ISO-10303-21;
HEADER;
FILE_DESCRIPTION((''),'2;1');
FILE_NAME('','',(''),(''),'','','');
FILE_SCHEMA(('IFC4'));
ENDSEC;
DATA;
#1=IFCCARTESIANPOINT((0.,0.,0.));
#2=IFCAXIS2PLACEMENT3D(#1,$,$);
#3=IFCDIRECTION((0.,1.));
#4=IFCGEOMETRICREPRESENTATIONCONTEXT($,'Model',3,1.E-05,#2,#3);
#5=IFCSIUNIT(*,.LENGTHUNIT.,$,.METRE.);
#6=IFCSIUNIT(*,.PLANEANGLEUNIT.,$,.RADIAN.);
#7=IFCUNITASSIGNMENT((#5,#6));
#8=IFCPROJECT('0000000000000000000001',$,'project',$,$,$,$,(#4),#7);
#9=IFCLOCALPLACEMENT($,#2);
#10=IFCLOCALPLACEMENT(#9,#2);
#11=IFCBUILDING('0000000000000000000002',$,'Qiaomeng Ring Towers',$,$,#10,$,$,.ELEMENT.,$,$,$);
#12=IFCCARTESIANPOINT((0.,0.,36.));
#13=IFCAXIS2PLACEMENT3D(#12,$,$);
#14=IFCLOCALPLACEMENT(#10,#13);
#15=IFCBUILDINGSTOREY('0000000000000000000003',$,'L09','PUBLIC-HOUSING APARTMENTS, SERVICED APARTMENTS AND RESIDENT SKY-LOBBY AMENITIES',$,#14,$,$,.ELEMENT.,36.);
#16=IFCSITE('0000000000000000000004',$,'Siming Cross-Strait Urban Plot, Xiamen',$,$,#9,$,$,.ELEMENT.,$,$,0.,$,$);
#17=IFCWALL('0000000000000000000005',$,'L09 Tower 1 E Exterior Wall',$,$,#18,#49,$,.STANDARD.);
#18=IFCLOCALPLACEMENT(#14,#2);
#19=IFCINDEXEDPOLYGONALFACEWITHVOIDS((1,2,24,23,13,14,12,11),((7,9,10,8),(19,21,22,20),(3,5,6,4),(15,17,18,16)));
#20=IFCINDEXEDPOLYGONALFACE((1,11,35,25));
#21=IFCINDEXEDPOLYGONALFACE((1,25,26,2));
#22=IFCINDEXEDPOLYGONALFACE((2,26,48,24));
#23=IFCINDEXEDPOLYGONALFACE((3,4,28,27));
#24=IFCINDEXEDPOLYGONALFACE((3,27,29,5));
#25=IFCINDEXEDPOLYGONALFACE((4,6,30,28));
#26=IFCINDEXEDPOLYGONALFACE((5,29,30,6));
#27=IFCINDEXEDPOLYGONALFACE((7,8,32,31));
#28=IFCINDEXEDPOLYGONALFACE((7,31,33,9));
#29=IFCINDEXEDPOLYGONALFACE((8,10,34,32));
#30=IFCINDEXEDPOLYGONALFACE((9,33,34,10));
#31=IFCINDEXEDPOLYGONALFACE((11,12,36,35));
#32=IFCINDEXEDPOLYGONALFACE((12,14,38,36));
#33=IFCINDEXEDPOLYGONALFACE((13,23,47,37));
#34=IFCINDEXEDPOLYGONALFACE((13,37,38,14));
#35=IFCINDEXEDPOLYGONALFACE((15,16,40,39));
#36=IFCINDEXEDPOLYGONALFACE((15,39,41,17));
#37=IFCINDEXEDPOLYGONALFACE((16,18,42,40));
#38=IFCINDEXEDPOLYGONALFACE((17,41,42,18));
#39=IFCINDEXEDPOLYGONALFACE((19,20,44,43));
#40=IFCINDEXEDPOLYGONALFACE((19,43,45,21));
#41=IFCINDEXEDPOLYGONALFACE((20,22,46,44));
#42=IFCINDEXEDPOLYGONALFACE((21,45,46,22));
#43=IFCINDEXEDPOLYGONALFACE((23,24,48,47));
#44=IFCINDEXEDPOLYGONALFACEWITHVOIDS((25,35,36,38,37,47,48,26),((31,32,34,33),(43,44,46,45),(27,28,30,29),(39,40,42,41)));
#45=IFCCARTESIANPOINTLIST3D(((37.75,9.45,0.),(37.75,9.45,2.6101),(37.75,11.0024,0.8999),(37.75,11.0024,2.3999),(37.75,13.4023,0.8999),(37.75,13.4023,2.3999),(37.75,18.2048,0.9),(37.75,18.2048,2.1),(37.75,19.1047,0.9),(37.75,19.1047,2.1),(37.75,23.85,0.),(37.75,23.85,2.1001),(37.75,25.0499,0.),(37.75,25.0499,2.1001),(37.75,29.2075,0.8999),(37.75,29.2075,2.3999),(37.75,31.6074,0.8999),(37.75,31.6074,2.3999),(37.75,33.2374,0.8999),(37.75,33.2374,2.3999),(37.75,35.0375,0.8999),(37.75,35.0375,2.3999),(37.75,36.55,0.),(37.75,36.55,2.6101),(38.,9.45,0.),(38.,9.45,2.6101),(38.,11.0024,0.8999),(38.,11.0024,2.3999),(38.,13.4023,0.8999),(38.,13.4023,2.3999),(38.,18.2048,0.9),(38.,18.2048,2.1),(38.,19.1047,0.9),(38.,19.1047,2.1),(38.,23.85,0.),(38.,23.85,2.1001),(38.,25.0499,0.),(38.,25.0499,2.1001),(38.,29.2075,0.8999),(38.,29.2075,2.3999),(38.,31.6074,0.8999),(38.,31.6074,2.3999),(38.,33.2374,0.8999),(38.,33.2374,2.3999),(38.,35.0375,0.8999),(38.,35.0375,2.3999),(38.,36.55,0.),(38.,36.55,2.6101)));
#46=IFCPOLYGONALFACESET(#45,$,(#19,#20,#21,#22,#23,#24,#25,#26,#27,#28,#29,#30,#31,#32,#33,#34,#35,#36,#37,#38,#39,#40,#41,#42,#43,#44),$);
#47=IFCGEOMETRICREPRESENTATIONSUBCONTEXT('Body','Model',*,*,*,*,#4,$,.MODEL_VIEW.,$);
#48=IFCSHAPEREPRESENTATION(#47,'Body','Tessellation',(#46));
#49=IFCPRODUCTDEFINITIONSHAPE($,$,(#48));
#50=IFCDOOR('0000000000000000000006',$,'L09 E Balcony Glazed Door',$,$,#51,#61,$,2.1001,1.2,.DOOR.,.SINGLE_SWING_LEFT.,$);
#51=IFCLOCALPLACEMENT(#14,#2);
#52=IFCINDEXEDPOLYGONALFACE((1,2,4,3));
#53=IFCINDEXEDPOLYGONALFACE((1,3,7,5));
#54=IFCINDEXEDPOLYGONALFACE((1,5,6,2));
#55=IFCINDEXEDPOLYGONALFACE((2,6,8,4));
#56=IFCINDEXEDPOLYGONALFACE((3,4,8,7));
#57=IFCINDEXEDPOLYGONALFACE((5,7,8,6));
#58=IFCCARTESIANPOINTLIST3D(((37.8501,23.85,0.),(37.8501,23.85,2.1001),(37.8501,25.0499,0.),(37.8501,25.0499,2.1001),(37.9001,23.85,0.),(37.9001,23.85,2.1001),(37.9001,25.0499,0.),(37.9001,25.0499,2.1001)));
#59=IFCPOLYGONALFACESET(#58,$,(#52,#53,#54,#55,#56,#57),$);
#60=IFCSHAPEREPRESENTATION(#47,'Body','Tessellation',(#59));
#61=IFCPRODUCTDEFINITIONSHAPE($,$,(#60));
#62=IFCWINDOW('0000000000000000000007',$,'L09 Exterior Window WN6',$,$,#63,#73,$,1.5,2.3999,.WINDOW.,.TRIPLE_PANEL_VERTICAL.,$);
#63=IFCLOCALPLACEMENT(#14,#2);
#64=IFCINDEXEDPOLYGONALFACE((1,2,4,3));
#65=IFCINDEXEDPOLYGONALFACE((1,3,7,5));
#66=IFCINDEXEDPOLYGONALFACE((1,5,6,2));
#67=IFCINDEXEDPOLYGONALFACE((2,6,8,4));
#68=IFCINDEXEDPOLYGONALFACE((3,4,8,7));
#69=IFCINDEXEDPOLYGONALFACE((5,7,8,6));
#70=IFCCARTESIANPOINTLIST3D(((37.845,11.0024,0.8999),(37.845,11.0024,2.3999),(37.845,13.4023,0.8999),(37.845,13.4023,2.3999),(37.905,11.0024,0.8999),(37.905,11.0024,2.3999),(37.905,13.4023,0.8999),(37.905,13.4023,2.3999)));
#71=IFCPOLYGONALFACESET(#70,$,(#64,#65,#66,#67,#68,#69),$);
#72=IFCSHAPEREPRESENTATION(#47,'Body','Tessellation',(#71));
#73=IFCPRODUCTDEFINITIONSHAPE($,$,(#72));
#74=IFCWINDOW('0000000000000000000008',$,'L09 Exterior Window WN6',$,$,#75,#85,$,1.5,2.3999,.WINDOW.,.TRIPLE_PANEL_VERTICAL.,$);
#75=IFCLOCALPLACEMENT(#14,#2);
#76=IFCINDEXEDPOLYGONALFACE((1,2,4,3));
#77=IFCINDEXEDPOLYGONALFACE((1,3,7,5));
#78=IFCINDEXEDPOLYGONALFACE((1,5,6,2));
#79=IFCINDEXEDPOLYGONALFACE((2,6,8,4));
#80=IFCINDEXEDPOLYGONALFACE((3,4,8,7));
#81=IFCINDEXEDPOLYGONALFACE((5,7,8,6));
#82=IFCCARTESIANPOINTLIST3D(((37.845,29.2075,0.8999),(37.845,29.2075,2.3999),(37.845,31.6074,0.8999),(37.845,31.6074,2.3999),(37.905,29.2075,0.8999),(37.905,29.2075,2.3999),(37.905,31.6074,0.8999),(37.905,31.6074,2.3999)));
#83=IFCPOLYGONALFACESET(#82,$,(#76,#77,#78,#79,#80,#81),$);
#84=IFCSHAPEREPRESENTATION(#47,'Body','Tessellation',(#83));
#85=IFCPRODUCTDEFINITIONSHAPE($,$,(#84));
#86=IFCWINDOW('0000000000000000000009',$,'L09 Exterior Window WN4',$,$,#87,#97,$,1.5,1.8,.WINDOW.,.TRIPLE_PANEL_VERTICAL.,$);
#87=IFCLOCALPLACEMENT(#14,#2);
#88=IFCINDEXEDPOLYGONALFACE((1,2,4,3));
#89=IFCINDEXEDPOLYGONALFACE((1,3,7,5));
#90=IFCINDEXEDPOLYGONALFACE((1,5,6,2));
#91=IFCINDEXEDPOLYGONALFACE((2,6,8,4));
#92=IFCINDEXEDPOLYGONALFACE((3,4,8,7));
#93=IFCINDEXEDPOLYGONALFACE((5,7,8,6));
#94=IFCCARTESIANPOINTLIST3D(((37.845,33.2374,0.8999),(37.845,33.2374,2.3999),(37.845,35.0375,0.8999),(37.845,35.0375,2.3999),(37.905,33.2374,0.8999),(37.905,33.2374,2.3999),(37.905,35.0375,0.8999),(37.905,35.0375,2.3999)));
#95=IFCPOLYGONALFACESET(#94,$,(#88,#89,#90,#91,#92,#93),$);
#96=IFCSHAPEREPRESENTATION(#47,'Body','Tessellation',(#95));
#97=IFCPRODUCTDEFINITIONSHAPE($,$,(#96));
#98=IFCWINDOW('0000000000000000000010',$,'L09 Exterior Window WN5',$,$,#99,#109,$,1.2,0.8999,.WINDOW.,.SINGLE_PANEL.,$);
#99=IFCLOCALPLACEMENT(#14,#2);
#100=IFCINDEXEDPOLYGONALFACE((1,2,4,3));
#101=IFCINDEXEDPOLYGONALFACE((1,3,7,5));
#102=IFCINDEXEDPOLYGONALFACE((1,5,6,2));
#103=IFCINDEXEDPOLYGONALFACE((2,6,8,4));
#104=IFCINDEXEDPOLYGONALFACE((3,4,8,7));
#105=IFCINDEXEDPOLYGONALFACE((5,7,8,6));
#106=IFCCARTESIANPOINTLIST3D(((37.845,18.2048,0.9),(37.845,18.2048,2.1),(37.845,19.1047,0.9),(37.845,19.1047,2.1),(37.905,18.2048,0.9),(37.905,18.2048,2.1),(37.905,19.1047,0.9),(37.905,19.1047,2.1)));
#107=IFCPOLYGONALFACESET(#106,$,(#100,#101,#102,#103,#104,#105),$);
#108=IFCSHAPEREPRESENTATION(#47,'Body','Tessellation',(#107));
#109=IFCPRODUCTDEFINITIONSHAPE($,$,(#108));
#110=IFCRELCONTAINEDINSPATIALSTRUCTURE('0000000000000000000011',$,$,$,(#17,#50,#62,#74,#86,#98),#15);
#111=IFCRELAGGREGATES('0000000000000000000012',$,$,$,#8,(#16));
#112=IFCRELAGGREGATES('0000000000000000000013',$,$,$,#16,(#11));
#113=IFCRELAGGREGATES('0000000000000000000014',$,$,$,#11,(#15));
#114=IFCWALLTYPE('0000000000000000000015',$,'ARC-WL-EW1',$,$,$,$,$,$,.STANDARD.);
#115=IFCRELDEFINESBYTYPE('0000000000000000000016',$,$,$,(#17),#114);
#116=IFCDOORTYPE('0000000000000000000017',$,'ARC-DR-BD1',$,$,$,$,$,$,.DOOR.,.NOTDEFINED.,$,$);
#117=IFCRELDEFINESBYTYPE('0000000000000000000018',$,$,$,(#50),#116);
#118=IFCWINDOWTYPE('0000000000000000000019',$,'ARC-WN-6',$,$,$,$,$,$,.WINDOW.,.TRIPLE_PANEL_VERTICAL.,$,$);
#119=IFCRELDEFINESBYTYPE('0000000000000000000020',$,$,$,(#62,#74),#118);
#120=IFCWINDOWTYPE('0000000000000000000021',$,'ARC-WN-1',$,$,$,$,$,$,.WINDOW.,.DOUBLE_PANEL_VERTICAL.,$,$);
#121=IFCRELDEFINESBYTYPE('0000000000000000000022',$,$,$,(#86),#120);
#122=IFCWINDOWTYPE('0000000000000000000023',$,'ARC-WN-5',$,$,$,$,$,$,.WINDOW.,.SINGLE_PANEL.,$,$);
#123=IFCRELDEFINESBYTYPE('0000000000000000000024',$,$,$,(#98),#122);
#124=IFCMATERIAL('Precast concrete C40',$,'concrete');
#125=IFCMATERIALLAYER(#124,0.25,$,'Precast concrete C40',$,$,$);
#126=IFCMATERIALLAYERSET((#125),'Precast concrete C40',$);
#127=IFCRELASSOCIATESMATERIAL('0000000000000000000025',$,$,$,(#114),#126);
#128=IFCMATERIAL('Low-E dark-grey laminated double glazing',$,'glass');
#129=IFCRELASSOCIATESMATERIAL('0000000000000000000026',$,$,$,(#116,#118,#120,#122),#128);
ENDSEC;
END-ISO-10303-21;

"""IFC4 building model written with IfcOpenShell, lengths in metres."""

from ifc_helpers import new_model, si_unit, direction, frame, frame_2d, origin, place, context, subcontext, project, spatial, rectangle, extrude, source, transform, mapped, material, layer, layer_set, type_object, element, fill, save


model = new_model("IFC4")

# Units and contexts
model_context = context("Model", 3, precision=1e-05, world=origin(), true_north=direction((0.0, 1.0)))
body_context = subcontext(model_context, "Body", "Model", "MODEL_VIEW")
ifc_project = project(units=[si_unit("LENGTHUNIT", "METRE"), si_unit("PLANEANGLEUNIT", "RADIAN")], contexts=[model_context])

# Site, building, storey
site_placement = place(None, origin())
site = spatial("IfcSite", under=ifc_project, at=site_placement, Name="Siming Cross-Strait Urban Plot, Xiamen", CompositionType="ELEMENT", RefElevation=0.0)
building_placement = place(site_placement, origin())
building = spatial("IfcBuilding", under=site, at=building_placement, Name="Qiaomeng Ring Towers", CompositionType="ELEMENT")
storey_placement = place(building_placement, frame((0.0, 0.0, 36.0)))
storey = spatial("IfcBuildingStorey", under=building, at=storey_placement, Name="L09", Description="PUBLIC-HOUSING APARTMENTS, SERVICED APARTMENTS AND RESIDENT SKY-LOBBY AMENITIES", CompositionType="ELEMENT", Elevation=36.0)

# Shared definitions
ifc_material_1 = material(Name="Low-E dark-grey laminated double glazing", Category="glass")

# Wall, openings, door, windows
ifc_material_2 = material(Name="Precast concrete C40", Category="concrete")
ifc_layer_1 = layer(ifc_material_2, 0.25, Name="Precast concrete C40")
ifc_layer_set_1 = layer_set([ifc_layer_1], Name="Precast concrete C40")
wall_type_1 = type_object("IfcWallType", Name="ARC-WL-EW1", PredefinedType="STANDARD", material=ifc_layer_set_1)
wall_1_placement = place(storey_placement, frame((37.875, 9.45, 0.0), z_axis=(0.0, 0.0, 1.0), x_axis=(0.0, 1.0, 0.0)))
wall_1 = element("IfcWall", 1, at=wall_1_placement, inside=storey, type_object=wall_type_1, Name="L09 Tower 1 E Exterior Wall", PredefinedType="STANDARD", context=body_context, shape_type="SweptSolid", body=[
    extrude(rectangle(XDim=27.1001, YDim=0.25, at=frame_2d((13.55, 0.0))), origin(), (0.0, 0.0, 1.0), 2.6101),
])
opening_1_placement = place(wall_1_placement, frame((14.3999, 0.0, 0.0)))
opening_1 = element("IfcOpeningElement", 2, at=opening_1_placement, cuts=wall_1, PredefinedType="OPENING", context=body_context, shape_type="SweptSolid", body=[
    extrude(rectangle(XDim=1.2, YDim=2.1001, at=frame_2d((0.6001, 1.05))), frame((0.0, 0.135, 0.0), z_axis=(0.0, -1.0, 0.0), x_axis=(1.0, 0.0, 0.0)), (0.0, 0.0, 1.0), 0.27),
])
opening_2_placement = place(wall_1_placement, frame((1.5525, 0.0, 0.8999)))
opening_2 = element("IfcOpeningElement", 3, at=opening_2_placement, cuts=wall_1, PredefinedType="OPENING", context=body_context, shape_type="SweptSolid", body=[
    extrude(rectangle(XDim=2.3999, YDim=1.5, at=frame_2d((1.2, 0.75))), frame((0.0, 0.135, 0.0), z_axis=(0.0, -1.0, 0.0), x_axis=(1.0, 0.0, 0.0)), (0.0, 0.0, 1.0), 0.27),
])
opening_3_placement = place(wall_1_placement, frame((23.7876, 0.0, 0.8999)))
opening_3 = element("IfcOpeningElement", 4, at=opening_3_placement, cuts=wall_1, PredefinedType="OPENING", context=body_context, shape_type="SweptSolid", body=[
    extrude(rectangle(XDim=1.8, YDim=1.5, at=frame_2d((0.8999, 0.75))), frame((0.0, 0.135, 0.0), z_axis=(0.0, -1.0, 0.0), x_axis=(1.0, 0.0, 0.0)), (0.0, 0.0, 1.0), 0.27),
])
opening_4_placement = place(wall_1_placement, frame((19.7576, 0.0, 0.8999)))
opening_4 = element("IfcOpeningElement", 5, at=opening_4_placement, cuts=wall_1, PredefinedType="OPENING", context=body_context, shape_type="SweptSolid", body=[
    extrude(rectangle(XDim=2.3999, YDim=1.5, at=frame_2d((1.2, 0.75))), frame((0.0, 0.135, 0.0), z_axis=(0.0, -1.0, 0.0), x_axis=(1.0, 0.0, 0.0)), (0.0, 0.0, 1.0), 0.27),
])
opening_5_placement = place(wall_1_placement, frame((8.7549, 0.0, 0.8999)))
opening_5 = element("IfcOpeningElement", 6, at=opening_5_placement, cuts=wall_1, PredefinedType="OPENING", context=body_context, shape_type="SweptSolid", body=[
    extrude(rectangle(XDim=0.8999, YDim=1.2, at=frame_2d((0.45, 0.6001))), frame((0.0, 0.135, 0.0), z_axis=(0.0, -1.0, 0.0), x_axis=(1.0, 0.0, 0.0)), (0.0, 0.0, 1.0), 0.27),
])
door_type_1 = type_object("IfcDoorType", Name="ARC-DR-BD1", OperationType="NOTDEFINED", PredefinedType="DOOR", material=ifc_material_1)
shared_shape_1 = source(origin(), body_context, "Body", "SweptSolid", [
    extrude(rectangle(XDim=1.2, YDim=2.1001, at=frame_2d((0.6001, 1.05))), frame((0.0, 0.0249, 0.0), z_axis=(0.0, -1.0, 0.0), x_axis=(1.0, 0.0, 0.0)), (0.0, 0.0, 1.0), 0.05),
])
door_1_placement = place(opening_1_placement, origin())
door_1 = element("IfcDoor", 7, at=door_1_placement, inside=storey, type_object=door_type_1, Name="L09 E Balcony Glazed Door", OperationType="SINGLE_SWING_LEFT", OverallHeight=2.1001, OverallWidth=1.2, PredefinedType="DOOR", context=body_context, shape_type="MappedRepresentation", body=[
    mapped(shared_shape_1, transform((0.0, 0.0, 0.0), x_axis=(1.0, 0.0, 0.0), y_axis=(0.0, 1.0, 0.0), z_axis=(0.0, 0.0, 1.0), scale=1.0)),
])
fill(opening_1, door_1)
window_type_1 = type_object("IfcWindowType", Name="ARC-WN-6", PartitioningType="TRIPLE_PANEL_VERTICAL", PredefinedType="WINDOW", material=ifc_material_1)
shared_shape_2 = source(origin(), body_context, "Body", "SweptSolid", [
    extrude(rectangle(XDim=2.3999, YDim=1.5, at=frame_2d((1.2, 0.75))), frame((0.0, 0.03, 0.0), z_axis=(0.0, -1.0, 0.0), x_axis=(1.0, 0.0, 0.0)), (0.0, 0.0, 1.0), 0.0601),
])
window_1_placement = place(opening_2_placement, origin())
window_1 = element("IfcWindow", 8, at=window_1_placement, inside=storey, type_object=window_type_1, Name="L09 Exterior Window WN6", OverallHeight=1.5, OverallWidth=2.3999, PartitioningType="TRIPLE_PANEL_VERTICAL", PredefinedType="WINDOW", context=body_context, shape_type="MappedRepresentation", body=[
    mapped(shared_shape_2, transform((0.0, 0.0, 0.0), x_axis=(1.0, 0.0, 0.0), y_axis=(0.0, 1.0, 0.0), z_axis=(0.0, 0.0, 1.0), scale=1.0)),
])
fill(opening_2, window_1)
window_2_placement = place(opening_4_placement, origin())
window_2 = element("IfcWindow", 9, at=window_2_placement, inside=storey, type_object=window_type_1, Name="L09 Exterior Window WN6", OverallHeight=1.5, OverallWidth=2.3999, PartitioningType="TRIPLE_PANEL_VERTICAL", PredefinedType="WINDOW", context=body_context, shape_type="MappedRepresentation", body=[
    mapped(shared_shape_2, transform((0.0, 0.0, 0.0), x_axis=(1.0, 0.0, 0.0), y_axis=(0.0, 1.0, 0.0), z_axis=(0.0, 0.0, 1.0), scale=1.0)),
])
fill(opening_4, window_2)
window_type_2 = type_object("IfcWindowType", Name="ARC-WN-1", PartitioningType="DOUBLE_PANEL_VERTICAL", PredefinedType="WINDOW", material=ifc_material_1)
shared_shape_3 = source(origin(), body_context, "Body", "SweptSolid", [
    extrude(rectangle(XDim=1.8, YDim=1.5, at=frame_2d((0.8999, 0.75))), frame((0.0, 0.03, 0.0), z_axis=(0.0, -1.0, 0.0), x_axis=(1.0, 0.0, 0.0)), (0.0, 0.0, 1.0), 0.0601),
])
window_3_placement = place(opening_3_placement, origin())
window_3 = element("IfcWindow", 10, at=window_3_placement, inside=storey, type_object=window_type_2, Name="L09 Exterior Window WN4", OverallHeight=1.5, OverallWidth=1.8, PartitioningType="TRIPLE_PANEL_VERTICAL", PredefinedType="WINDOW", context=body_context, shape_type="MappedRepresentation", body=[
    mapped(shared_shape_3, transform((0.0, 0.0, 0.0), x_axis=(1.0, 0.0, 0.0), y_axis=(0.0, 1.0, 0.0), z_axis=(0.0, 0.0, 1.0), scale=1.0)),
])
fill(opening_3, window_3)
window_type_3 = type_object("IfcWindowType", Name="ARC-WN-5", PartitioningType="SINGLE_PANEL", PredefinedType="WINDOW", material=ifc_material_1)
shared_shape_4 = source(origin(), body_context, "Body", "SweptSolid", [
    extrude(rectangle(XDim=0.8999, YDim=1.2, at=frame_2d((0.45, 0.6001))), frame((0.0, 0.03, 0.0), z_axis=(0.0, -1.0, 0.0), x_axis=(1.0, 0.0, 0.0)), (0.0, 0.0, 1.0), 0.0601),
])
window_4_placement = place(opening_5_placement, origin())
window_4 = element("IfcWindow", 11, at=window_4_placement, inside=storey, type_object=window_type_3, Name="L09 Exterior Window WN5", OverallHeight=1.2, OverallWidth=0.8999, PartitioningType="SINGLE_PANEL", PredefinedType="WINDOW", context=body_context, shape_type="MappedRepresentation", body=[
    mapped(shared_shape_4, transform((0.0, 0.0, 0.0), x_axis=(1.0, 0.0, 0.0), y_axis=(0.0, 1.0, 0.0), z_axis=(0.0, 0.0, 1.0), scale=1.0)),
])
fill(opening_5, window_4)

save(model, "model.ifc")
